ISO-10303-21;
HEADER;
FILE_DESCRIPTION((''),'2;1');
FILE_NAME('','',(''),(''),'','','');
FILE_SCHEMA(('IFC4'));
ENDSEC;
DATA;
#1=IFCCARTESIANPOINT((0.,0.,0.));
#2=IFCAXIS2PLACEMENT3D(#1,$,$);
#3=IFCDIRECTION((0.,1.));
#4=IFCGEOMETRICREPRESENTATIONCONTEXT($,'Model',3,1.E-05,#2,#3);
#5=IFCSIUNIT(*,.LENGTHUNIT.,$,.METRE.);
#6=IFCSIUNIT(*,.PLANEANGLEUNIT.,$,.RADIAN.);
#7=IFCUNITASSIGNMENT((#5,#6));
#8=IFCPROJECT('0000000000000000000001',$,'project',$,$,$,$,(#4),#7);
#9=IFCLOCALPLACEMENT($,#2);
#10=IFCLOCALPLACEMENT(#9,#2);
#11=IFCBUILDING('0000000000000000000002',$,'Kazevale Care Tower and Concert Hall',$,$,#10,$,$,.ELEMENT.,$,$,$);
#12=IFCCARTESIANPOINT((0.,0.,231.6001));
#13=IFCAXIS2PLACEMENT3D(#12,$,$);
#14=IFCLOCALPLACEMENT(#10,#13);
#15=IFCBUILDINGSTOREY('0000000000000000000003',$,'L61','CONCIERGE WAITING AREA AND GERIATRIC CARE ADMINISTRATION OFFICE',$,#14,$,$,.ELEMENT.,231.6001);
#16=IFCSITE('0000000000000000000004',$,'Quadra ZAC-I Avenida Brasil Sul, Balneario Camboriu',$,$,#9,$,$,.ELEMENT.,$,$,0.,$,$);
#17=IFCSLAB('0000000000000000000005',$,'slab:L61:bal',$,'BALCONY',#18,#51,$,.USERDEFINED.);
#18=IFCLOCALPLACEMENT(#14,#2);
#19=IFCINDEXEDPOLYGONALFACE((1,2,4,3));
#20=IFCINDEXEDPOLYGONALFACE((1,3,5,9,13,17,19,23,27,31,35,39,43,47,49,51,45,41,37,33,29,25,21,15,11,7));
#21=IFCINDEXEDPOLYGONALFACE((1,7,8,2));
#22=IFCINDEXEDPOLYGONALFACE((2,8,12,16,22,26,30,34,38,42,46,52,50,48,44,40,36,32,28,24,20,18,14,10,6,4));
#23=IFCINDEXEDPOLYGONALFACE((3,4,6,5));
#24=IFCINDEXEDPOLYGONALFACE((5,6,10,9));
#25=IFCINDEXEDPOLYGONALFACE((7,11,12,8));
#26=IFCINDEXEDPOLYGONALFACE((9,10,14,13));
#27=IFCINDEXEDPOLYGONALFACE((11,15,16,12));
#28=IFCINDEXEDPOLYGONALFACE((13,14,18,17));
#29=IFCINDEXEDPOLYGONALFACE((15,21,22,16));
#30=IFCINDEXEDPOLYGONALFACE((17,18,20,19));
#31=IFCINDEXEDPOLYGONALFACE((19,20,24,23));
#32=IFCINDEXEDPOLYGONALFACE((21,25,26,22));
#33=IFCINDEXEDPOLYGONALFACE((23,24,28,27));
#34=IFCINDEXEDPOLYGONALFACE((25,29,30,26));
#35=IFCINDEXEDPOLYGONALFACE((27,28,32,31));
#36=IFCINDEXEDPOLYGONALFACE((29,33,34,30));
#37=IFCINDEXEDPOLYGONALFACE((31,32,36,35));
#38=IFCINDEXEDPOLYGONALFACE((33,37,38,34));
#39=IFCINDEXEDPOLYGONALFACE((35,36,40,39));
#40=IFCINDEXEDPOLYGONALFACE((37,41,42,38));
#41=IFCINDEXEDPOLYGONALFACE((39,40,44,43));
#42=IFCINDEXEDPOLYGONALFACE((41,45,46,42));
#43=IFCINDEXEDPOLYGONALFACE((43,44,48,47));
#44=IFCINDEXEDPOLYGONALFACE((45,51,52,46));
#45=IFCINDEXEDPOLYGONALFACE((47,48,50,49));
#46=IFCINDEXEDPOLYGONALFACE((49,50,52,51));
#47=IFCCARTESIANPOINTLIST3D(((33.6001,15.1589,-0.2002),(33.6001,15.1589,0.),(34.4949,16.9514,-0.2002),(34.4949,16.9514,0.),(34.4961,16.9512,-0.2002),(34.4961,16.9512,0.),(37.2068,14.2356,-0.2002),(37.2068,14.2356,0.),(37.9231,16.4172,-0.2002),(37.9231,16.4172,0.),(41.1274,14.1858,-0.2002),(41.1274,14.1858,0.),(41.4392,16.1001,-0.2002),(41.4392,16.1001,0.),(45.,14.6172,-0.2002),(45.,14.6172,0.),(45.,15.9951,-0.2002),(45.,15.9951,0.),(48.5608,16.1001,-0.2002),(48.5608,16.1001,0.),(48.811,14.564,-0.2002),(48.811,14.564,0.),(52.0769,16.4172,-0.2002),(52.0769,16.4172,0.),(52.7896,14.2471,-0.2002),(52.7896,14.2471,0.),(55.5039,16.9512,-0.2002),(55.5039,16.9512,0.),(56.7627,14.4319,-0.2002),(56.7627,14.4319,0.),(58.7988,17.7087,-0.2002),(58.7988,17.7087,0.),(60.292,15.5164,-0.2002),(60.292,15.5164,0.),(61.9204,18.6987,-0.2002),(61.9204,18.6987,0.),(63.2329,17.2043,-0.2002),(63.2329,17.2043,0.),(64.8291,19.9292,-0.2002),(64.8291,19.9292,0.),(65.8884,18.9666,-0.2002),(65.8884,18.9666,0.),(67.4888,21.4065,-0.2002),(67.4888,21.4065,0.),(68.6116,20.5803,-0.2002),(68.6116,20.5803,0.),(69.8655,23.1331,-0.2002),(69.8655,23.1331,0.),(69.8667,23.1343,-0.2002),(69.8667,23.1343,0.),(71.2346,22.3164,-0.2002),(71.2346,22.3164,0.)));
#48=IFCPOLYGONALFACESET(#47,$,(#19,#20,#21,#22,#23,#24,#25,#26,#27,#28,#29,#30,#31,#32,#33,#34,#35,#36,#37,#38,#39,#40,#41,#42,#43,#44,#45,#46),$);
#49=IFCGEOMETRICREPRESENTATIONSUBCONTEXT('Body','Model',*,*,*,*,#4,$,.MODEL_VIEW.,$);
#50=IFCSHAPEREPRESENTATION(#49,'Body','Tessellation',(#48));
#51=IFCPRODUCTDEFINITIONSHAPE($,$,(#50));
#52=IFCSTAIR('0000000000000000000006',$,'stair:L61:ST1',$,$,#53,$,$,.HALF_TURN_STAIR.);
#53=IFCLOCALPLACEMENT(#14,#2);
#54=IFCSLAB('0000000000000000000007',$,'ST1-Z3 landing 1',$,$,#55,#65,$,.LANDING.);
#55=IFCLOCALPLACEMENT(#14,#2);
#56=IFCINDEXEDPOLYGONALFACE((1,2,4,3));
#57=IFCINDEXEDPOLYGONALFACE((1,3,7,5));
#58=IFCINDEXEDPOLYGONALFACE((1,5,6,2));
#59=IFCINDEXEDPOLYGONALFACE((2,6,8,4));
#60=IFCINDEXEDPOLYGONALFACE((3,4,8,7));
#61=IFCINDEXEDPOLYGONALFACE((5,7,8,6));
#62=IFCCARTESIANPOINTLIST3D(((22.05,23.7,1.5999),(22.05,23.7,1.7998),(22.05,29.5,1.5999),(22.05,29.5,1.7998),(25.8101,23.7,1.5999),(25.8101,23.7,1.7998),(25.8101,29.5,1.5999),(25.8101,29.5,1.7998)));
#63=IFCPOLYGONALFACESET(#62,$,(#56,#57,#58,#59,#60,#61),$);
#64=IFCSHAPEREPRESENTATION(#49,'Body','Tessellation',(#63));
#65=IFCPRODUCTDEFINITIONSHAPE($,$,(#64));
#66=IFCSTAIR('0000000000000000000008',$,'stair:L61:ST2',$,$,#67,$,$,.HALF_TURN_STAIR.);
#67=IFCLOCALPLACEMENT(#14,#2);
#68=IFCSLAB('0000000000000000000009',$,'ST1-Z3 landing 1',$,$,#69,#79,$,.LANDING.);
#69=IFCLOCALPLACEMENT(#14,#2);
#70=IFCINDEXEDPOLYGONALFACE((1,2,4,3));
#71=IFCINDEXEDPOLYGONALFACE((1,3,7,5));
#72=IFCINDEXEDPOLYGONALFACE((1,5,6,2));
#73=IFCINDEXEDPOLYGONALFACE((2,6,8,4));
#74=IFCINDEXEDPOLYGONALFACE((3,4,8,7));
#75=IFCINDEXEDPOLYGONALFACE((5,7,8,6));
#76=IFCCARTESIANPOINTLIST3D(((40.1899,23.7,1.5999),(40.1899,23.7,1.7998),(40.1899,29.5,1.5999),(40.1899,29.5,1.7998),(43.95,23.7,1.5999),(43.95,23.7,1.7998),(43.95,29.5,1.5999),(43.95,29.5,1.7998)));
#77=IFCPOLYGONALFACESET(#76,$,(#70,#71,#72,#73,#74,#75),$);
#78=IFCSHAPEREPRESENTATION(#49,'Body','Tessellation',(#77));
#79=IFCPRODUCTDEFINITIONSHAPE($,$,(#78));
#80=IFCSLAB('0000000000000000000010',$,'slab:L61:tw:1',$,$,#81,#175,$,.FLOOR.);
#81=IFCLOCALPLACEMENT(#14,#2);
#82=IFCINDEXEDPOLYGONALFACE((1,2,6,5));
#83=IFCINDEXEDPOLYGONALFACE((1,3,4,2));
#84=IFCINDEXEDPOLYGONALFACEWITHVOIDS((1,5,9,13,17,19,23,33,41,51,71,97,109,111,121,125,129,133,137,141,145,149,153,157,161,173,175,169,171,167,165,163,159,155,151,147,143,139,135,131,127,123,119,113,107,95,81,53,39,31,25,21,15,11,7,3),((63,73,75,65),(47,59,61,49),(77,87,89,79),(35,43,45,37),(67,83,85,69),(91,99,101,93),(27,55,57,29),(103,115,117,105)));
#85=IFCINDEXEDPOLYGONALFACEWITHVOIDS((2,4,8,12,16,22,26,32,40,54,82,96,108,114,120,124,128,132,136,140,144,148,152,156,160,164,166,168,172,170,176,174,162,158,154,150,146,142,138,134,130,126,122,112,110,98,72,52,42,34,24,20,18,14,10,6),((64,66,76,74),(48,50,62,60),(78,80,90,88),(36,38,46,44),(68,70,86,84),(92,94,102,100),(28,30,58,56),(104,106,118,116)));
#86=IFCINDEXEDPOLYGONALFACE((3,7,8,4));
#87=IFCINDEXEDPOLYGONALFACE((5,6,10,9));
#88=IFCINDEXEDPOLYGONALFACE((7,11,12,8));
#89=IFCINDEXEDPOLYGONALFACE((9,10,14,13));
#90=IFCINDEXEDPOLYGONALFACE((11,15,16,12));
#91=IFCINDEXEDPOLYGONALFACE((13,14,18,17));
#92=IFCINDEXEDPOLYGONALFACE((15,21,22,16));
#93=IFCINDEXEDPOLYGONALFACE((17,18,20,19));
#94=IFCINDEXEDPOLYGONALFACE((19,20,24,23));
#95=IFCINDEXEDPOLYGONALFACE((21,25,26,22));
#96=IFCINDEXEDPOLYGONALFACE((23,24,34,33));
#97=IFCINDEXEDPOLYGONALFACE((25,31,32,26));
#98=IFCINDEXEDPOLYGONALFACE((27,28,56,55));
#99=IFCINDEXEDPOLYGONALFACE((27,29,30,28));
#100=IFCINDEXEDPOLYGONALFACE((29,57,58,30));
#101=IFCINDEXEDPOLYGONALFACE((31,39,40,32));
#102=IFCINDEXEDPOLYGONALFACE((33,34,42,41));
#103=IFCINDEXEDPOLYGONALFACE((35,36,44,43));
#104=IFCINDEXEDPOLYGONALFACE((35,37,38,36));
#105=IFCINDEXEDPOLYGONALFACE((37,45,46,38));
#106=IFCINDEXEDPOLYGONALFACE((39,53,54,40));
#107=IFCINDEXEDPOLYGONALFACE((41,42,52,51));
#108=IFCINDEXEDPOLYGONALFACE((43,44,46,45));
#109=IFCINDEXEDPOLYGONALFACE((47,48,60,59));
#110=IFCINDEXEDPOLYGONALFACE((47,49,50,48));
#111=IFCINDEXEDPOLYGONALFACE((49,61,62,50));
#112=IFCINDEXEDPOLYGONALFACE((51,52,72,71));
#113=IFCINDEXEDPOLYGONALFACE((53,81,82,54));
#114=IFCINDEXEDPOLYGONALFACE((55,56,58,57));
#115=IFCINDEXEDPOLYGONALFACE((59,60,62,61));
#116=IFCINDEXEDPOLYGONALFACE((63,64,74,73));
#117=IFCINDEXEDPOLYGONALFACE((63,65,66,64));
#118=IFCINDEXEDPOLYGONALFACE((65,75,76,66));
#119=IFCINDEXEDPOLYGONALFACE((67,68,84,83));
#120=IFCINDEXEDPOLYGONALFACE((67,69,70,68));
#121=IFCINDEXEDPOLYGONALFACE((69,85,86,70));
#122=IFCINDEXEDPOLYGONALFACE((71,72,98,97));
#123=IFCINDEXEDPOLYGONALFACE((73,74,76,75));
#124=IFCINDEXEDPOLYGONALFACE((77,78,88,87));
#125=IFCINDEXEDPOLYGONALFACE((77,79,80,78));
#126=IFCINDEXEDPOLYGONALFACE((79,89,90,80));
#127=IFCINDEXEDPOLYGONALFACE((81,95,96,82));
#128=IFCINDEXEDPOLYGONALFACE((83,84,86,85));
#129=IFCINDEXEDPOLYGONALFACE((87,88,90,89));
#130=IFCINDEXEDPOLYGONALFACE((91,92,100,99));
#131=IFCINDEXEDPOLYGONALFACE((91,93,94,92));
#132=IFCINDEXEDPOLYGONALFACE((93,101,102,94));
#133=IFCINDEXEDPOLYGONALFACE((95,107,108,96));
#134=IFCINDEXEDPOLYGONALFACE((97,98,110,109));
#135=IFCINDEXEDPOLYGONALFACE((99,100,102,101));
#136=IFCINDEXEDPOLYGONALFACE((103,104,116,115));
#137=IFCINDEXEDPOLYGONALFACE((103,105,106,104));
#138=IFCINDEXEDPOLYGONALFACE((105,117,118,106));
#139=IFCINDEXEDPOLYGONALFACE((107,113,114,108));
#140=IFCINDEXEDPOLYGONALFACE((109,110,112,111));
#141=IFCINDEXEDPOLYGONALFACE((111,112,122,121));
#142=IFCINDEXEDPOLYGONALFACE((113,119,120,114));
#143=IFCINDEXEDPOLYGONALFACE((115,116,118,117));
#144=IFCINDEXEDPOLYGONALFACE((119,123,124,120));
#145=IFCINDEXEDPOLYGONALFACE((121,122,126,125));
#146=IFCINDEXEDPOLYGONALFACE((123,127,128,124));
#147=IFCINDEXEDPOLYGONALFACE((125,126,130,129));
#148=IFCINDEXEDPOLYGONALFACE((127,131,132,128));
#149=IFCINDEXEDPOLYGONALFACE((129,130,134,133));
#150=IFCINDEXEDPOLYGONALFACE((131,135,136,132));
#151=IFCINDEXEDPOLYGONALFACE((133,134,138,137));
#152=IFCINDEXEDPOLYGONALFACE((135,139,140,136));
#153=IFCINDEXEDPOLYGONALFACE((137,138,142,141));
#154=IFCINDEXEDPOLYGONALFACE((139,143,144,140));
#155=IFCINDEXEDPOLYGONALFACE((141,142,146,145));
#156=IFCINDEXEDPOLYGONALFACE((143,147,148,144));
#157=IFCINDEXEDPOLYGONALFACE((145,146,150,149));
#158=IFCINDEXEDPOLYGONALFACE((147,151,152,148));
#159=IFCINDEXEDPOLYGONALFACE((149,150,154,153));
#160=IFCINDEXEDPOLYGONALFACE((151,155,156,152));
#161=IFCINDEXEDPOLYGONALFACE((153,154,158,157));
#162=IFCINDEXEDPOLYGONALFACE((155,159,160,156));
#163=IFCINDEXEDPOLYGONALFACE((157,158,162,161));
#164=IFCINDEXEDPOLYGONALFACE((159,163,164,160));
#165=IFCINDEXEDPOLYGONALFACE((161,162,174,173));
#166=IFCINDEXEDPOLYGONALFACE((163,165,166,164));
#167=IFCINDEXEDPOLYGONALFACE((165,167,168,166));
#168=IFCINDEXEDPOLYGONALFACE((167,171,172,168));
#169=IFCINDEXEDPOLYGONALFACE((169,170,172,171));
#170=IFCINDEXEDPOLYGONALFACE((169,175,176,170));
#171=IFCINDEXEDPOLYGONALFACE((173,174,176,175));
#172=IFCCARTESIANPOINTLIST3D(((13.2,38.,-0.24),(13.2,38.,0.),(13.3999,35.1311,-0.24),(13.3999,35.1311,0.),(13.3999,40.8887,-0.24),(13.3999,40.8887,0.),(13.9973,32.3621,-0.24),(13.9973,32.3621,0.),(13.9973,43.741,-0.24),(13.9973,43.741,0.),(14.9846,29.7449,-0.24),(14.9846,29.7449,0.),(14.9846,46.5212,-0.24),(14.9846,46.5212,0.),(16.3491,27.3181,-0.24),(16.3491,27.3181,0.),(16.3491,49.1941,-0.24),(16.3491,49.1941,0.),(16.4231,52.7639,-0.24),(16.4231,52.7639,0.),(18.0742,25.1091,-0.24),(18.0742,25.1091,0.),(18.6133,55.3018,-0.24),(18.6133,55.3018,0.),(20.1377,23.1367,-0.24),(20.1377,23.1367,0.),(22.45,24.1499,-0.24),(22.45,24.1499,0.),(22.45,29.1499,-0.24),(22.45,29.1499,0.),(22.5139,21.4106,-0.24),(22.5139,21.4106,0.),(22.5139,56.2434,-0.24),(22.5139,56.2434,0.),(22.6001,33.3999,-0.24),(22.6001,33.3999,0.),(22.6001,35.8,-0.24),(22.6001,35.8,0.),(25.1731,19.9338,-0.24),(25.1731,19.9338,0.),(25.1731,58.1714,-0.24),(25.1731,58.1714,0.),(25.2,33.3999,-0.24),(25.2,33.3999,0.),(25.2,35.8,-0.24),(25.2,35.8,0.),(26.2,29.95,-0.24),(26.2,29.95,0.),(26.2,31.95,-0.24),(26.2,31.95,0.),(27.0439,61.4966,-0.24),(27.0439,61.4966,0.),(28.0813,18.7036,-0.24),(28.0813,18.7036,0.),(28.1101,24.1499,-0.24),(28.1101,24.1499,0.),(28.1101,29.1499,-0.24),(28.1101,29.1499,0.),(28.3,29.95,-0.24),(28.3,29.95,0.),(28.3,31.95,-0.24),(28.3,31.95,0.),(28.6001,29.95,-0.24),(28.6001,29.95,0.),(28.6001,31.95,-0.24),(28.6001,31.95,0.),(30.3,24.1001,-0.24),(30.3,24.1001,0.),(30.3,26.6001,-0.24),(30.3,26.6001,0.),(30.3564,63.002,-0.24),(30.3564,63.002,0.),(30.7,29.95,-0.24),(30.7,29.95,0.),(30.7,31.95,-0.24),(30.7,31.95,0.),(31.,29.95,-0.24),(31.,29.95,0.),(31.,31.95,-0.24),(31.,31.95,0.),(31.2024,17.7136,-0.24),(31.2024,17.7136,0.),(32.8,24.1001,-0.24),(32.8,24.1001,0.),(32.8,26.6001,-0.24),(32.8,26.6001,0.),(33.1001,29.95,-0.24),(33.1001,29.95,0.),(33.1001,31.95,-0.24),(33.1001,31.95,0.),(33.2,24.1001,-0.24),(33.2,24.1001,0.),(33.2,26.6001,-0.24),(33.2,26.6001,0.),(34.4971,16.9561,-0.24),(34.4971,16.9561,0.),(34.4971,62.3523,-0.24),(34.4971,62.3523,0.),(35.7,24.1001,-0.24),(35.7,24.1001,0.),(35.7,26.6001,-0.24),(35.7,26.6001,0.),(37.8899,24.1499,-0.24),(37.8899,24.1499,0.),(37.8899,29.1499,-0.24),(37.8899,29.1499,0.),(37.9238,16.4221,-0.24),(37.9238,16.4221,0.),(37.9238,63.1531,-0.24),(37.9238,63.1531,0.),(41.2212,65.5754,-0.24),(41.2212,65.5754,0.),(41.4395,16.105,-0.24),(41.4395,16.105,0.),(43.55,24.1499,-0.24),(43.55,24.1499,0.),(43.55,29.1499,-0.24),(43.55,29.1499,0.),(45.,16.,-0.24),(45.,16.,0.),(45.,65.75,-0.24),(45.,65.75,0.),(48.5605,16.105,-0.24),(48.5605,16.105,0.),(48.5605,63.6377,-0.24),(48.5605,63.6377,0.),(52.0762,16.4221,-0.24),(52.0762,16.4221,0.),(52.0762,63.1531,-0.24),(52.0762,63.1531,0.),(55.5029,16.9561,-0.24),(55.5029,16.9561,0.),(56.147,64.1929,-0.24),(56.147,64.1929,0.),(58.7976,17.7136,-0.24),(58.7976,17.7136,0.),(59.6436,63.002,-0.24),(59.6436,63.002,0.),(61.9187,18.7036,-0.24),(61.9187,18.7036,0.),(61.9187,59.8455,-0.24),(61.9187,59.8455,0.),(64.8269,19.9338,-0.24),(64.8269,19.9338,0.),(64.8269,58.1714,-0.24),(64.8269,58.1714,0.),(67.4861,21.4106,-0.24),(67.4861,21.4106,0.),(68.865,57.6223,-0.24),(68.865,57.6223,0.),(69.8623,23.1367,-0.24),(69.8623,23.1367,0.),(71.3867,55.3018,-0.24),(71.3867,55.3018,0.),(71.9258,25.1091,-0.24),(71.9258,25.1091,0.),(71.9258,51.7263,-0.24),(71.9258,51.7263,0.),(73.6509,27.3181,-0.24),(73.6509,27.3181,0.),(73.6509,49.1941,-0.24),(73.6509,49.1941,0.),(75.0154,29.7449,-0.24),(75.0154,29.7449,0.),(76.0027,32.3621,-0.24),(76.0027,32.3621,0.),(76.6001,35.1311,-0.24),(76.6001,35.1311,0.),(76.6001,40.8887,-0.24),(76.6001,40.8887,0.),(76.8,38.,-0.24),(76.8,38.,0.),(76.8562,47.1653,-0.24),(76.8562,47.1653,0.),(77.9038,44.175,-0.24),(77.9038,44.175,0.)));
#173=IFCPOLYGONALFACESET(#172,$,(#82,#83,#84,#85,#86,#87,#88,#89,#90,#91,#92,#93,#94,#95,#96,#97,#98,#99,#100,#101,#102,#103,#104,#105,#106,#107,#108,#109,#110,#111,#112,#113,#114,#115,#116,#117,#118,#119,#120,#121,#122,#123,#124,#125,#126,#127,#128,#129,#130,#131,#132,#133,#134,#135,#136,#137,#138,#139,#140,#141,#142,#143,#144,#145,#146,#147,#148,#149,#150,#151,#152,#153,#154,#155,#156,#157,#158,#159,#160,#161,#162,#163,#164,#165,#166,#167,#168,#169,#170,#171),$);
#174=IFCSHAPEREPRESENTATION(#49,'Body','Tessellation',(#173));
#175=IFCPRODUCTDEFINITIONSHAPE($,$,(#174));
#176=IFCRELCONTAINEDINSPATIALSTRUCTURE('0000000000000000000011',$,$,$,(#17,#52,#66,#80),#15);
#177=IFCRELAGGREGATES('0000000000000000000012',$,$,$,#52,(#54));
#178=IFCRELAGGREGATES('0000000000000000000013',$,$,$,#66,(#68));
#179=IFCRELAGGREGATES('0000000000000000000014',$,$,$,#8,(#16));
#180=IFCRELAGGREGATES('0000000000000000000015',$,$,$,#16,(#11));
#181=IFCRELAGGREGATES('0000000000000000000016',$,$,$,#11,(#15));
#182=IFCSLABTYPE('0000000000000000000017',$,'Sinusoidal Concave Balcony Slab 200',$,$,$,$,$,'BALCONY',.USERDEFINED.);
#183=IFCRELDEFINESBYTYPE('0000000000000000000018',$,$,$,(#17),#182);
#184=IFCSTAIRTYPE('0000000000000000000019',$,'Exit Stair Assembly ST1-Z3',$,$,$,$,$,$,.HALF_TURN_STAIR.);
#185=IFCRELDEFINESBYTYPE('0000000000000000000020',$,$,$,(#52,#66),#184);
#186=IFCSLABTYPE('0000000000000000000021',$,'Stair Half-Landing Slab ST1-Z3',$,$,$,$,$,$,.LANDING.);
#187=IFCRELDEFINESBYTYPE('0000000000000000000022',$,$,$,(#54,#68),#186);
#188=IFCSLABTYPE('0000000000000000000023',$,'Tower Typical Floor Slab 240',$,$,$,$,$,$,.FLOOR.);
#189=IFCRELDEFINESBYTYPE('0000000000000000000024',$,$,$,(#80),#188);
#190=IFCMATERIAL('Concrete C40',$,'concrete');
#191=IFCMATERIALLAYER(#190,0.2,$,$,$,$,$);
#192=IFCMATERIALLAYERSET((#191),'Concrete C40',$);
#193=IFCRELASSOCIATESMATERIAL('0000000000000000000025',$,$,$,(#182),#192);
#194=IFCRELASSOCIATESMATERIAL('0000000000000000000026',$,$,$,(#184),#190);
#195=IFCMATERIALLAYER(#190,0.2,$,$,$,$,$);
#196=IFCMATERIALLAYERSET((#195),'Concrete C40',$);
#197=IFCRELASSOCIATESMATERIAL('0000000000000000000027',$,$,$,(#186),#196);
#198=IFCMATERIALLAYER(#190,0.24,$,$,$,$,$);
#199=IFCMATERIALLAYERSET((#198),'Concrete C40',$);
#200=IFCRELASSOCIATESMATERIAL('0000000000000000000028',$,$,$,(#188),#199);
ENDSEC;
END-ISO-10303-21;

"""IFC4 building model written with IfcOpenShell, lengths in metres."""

from ifc_helpers import new_model, si_unit, direction, frame, origin, place, context, subcontext, project, spatial, polyline, outline, extrude, material, layer, layer_set, type_object, element, aggregate, save


model = new_model("IFC4")

# Units and contexts
model_context = context("Model", 3, precision=1e-05, world=origin(), true_north=direction((0.0, 1.0)))
body_context = subcontext(model_context, "Body", "Model", "MODEL_VIEW")
ifc_project = project(units=[si_unit("LENGTHUNIT", "METRE"), si_unit("PLANEANGLEUNIT", "RADIAN")], contexts=[model_context])

# Site, building, storey
site_placement = place(None, origin())
site = spatial("IfcSite", under=ifc_project, at=site_placement, Name="Quadra ZAC-I Avenida Brasil Sul, Balneario Camboriu", CompositionType="ELEMENT", RefElevation=0.0)
building_placement = place(site_placement, origin())
building = spatial("IfcBuilding", under=site, at=building_placement, Name="Kazevale Care Tower and Concert Hall", CompositionType="ELEMENT")
storey_placement = place(building_placement, frame((0.0, 0.0, 231.6001)))
storey = spatial("IfcBuildingStorey", under=building, at=storey_placement, Name="L61", Description="CONCIERGE WAITING AREA AND GERIATRIC CARE ADMINISTRATION OFFICE", CompositionType="ELEMENT", Elevation=231.6001)

# Slab
ifc_material_1 = material(Name="Concrete C40", Category="concrete")
ifc_layer_1 = layer(ifc_material_1, 0.2)
ifc_layer_set_1 = layer_set([ifc_layer_1], Name="Concrete C40")
slab_type_1 = type_object("IfcSlabType", Name="Sinusoidal Concave Balcony Slab 200", ElementType="BALCONY", PredefinedType="USERDEFINED", material=ifc_layer_set_1)
slab_1_placement = place(storey_placement, frame((0.0, 0.0, -0.2002)))
element("IfcSlab", 1, at=slab_1_placement, inside=storey, type_object=slab_type_1, Name="slab:L61:bal", ObjectType="BALCONY", PredefinedType="USERDEFINED", context=body_context, shape_type="SweptSolid", body=[
    extrude(outline(polyline([(71.2346, 22.3164), (68.6116, 20.5803), (65.8884, 18.9666), (63.2329, 17.2043), (60.292, 15.5164), (56.7627, 14.4319), (52.7896, 14.2471), (48.811, 14.564), (45.0, 14.6172), (41.1274, 14.1858), (37.2068, 14.2356), (33.6001, 15.1589), (34.4949, 16.9514), (34.4961, 16.9512), (37.9231, 16.4172), (41.4392, 16.1001), (45.0, 15.9951), (48.5608, 16.1001), (52.0769, 16.4172), (55.5039, 16.9512), (58.7988, 17.7087), (61.9204, 18.6987), (64.8291, 19.9292), (67.4888, 21.4065), (69.8655, 23.1331), (69.8667, 23.1343), (71.2346, 22.3164)])), origin(), (0.0, 0.0, 1.0), 0.2002),
])

# Stairs, slabs
stair_type = type_object("IfcStairType", Name="Exit Stair Assembly ST1-Z3", PredefinedType="HALF_TURN_STAIR", material=ifc_material_1)
stair_1_placement = place(storey_placement, origin())
stair_1 = element("IfcStair", 2, at=stair_1_placement, inside=storey, type_object=stair_type, Name="stair:L61:ST1", PredefinedType="HALF_TURN_STAIR")
ifc_layer_2 = layer(ifc_material_1, 0.2)
ifc_layer_set_2 = layer_set([ifc_layer_2], Name="Concrete C40")
slab_type_2 = type_object("IfcSlabType", Name="Stair Half-Landing Slab ST1-Z3", PredefinedType="LANDING", material=ifc_layer_set_2)
slab_2_placement = place(storey_placement, frame((0.0, 0.0, 1.5999)))
slab_2 = element("IfcSlab", 3, at=slab_2_placement, type_object=slab_type_2, Name="ST1-Z3 landing 1", PredefinedType="LANDING", context=body_context, shape_type="SweptSolid", body=[
    extrude(outline(polyline([(22.05, 23.7), (25.8101, 23.7), (25.8101, 29.5), (22.05, 29.5), (22.05, 23.7)])), origin(), (0.0, 0.0, 1.0), 0.2),
])
aggregate(stair_1, [slab_2])
stair_2_placement = place(storey_placement, origin())
stair_2 = element("IfcStair", 4, at=stair_2_placement, inside=storey, type_object=stair_type, Name="stair:L61:ST2", PredefinedType="HALF_TURN_STAIR")
slab_3_placement = place(storey_placement, frame((0.0, 0.0, 1.5999)))
slab_3 = element("IfcSlab", 5, at=slab_3_placement, type_object=slab_type_2, Name="ST1-Z3 landing 1", PredefinedType="LANDING", context=body_context, shape_type="SweptSolid", body=[
    extrude(outline(polyline([(40.1899, 23.7), (43.95, 23.7), (43.95, 29.5), (40.1899, 29.5), (40.1899, 23.7)])), origin(), (0.0, 0.0, 1.0), 0.2),
])
aggregate(stair_2, [slab_3])

# Slab
ifc_layer_3 = layer(ifc_material_1, 0.24)
ifc_layer_set_3 = layer_set([ifc_layer_3], Name="Concrete C40")
slab_type_3 = type_object("IfcSlabType", Name="Tower Typical Floor Slab 240", PredefinedType="FLOOR", material=ifc_layer_set_3)
slab_4_placement = place(storey_placement, frame((0.0, 0.0, -0.24)))
element("IfcSlab", 6, at=slab_4_placement, inside=storey, type_object=slab_type_3, Name="slab:L61:tw:1", PredefinedType="FLOOR", context=body_context, shape_type="SweptSolid", body=[
    extrude(outline(polyline([(76.8, 38.0), (76.6001, 40.8887), (77.9038, 44.175), (76.8562, 47.1653), (73.6509, 49.1941), (71.9258, 51.7263), (71.3867, 55.3018), (68.865, 57.6223), (64.8269, 58.1714), (61.9187, 59.8455), (59.6436, 63.002), (56.147, 64.1929), (52.0762, 63.1531), (48.5605, 63.6377), (45.0, 65.75), (41.2212, 65.5754), (37.9238, 63.1531), (34.4971, 62.3523), (30.3564, 63.002), (27.0439, 61.4966), (25.1731, 58.1714), (22.5139, 56.2434), (18.6133, 55.3018), (16.4231, 52.7639), (16.3491, 49.1941), (14.9846, 46.5212), (13.9973, 43.741), (13.3999, 40.8887), (13.2, 38.0), (13.3999, 35.1311), (13.9973, 32.3621), (14.9846, 29.7449), (16.3491, 27.3181), (18.0742, 25.1091), (20.1377, 23.1367), (22.5139, 21.4106), (25.1731, 19.9338), (28.0813, 18.7036), (31.2024, 17.7136), (34.4971, 16.9561), (37.9238, 16.4221), (41.4395, 16.105), (45.0, 16.0), (48.5605, 16.105), (52.0762, 16.4221), (55.5029, 16.9561), (58.7976, 17.7136), (61.9187, 18.7036), (64.8269, 19.9338), (67.4861, 21.4106), (69.8623, 23.1367), (71.9258, 25.1091), (73.6509, 27.3181), (75.0154, 29.7449), (76.0027, 32.3621), (76.6001, 35.1311), (76.8, 38.0)]), holes=[polyline([(22.45, 24.1499), (28.1101, 24.1499), (28.1101, 29.1499), (22.45, 29.1499), (22.45, 24.1499)]), polyline([(37.8899, 24.1499), (43.55, 24.1499), (43.55, 29.1499), (37.8899, 29.1499), (37.8899, 24.1499)]), polyline([(30.3, 24.1001), (32.8, 24.1001), (32.8, 26.6001), (30.3, 26.6001), (30.3, 24.1001)]), polyline([(33.2, 24.1001), (35.7, 24.1001), (35.7, 26.6001), (33.2, 26.6001), (33.2, 24.1001)]), polyline([(22.6001, 33.3999), (25.2, 33.3999), (25.2, 35.8), (22.6001, 35.8), (22.6001, 33.3999)]), polyline([(26.2, 29.95), (28.3, 29.95), (28.3, 31.95), (26.2, 31.95), (26.2, 29.95)]), polyline([(28.6001, 29.95), (30.7, 29.95), (30.7, 31.95), (28.6001, 31.95), (28.6001, 29.95)]), polyline([(31.0, 29.95), (33.1001, 29.95), (33.1001, 31.95), (31.0, 31.95), (31.0, 29.95)])]), origin(), (0.0, 0.0, 1.0), 0.24),
])

save(model, "model.ifc")
